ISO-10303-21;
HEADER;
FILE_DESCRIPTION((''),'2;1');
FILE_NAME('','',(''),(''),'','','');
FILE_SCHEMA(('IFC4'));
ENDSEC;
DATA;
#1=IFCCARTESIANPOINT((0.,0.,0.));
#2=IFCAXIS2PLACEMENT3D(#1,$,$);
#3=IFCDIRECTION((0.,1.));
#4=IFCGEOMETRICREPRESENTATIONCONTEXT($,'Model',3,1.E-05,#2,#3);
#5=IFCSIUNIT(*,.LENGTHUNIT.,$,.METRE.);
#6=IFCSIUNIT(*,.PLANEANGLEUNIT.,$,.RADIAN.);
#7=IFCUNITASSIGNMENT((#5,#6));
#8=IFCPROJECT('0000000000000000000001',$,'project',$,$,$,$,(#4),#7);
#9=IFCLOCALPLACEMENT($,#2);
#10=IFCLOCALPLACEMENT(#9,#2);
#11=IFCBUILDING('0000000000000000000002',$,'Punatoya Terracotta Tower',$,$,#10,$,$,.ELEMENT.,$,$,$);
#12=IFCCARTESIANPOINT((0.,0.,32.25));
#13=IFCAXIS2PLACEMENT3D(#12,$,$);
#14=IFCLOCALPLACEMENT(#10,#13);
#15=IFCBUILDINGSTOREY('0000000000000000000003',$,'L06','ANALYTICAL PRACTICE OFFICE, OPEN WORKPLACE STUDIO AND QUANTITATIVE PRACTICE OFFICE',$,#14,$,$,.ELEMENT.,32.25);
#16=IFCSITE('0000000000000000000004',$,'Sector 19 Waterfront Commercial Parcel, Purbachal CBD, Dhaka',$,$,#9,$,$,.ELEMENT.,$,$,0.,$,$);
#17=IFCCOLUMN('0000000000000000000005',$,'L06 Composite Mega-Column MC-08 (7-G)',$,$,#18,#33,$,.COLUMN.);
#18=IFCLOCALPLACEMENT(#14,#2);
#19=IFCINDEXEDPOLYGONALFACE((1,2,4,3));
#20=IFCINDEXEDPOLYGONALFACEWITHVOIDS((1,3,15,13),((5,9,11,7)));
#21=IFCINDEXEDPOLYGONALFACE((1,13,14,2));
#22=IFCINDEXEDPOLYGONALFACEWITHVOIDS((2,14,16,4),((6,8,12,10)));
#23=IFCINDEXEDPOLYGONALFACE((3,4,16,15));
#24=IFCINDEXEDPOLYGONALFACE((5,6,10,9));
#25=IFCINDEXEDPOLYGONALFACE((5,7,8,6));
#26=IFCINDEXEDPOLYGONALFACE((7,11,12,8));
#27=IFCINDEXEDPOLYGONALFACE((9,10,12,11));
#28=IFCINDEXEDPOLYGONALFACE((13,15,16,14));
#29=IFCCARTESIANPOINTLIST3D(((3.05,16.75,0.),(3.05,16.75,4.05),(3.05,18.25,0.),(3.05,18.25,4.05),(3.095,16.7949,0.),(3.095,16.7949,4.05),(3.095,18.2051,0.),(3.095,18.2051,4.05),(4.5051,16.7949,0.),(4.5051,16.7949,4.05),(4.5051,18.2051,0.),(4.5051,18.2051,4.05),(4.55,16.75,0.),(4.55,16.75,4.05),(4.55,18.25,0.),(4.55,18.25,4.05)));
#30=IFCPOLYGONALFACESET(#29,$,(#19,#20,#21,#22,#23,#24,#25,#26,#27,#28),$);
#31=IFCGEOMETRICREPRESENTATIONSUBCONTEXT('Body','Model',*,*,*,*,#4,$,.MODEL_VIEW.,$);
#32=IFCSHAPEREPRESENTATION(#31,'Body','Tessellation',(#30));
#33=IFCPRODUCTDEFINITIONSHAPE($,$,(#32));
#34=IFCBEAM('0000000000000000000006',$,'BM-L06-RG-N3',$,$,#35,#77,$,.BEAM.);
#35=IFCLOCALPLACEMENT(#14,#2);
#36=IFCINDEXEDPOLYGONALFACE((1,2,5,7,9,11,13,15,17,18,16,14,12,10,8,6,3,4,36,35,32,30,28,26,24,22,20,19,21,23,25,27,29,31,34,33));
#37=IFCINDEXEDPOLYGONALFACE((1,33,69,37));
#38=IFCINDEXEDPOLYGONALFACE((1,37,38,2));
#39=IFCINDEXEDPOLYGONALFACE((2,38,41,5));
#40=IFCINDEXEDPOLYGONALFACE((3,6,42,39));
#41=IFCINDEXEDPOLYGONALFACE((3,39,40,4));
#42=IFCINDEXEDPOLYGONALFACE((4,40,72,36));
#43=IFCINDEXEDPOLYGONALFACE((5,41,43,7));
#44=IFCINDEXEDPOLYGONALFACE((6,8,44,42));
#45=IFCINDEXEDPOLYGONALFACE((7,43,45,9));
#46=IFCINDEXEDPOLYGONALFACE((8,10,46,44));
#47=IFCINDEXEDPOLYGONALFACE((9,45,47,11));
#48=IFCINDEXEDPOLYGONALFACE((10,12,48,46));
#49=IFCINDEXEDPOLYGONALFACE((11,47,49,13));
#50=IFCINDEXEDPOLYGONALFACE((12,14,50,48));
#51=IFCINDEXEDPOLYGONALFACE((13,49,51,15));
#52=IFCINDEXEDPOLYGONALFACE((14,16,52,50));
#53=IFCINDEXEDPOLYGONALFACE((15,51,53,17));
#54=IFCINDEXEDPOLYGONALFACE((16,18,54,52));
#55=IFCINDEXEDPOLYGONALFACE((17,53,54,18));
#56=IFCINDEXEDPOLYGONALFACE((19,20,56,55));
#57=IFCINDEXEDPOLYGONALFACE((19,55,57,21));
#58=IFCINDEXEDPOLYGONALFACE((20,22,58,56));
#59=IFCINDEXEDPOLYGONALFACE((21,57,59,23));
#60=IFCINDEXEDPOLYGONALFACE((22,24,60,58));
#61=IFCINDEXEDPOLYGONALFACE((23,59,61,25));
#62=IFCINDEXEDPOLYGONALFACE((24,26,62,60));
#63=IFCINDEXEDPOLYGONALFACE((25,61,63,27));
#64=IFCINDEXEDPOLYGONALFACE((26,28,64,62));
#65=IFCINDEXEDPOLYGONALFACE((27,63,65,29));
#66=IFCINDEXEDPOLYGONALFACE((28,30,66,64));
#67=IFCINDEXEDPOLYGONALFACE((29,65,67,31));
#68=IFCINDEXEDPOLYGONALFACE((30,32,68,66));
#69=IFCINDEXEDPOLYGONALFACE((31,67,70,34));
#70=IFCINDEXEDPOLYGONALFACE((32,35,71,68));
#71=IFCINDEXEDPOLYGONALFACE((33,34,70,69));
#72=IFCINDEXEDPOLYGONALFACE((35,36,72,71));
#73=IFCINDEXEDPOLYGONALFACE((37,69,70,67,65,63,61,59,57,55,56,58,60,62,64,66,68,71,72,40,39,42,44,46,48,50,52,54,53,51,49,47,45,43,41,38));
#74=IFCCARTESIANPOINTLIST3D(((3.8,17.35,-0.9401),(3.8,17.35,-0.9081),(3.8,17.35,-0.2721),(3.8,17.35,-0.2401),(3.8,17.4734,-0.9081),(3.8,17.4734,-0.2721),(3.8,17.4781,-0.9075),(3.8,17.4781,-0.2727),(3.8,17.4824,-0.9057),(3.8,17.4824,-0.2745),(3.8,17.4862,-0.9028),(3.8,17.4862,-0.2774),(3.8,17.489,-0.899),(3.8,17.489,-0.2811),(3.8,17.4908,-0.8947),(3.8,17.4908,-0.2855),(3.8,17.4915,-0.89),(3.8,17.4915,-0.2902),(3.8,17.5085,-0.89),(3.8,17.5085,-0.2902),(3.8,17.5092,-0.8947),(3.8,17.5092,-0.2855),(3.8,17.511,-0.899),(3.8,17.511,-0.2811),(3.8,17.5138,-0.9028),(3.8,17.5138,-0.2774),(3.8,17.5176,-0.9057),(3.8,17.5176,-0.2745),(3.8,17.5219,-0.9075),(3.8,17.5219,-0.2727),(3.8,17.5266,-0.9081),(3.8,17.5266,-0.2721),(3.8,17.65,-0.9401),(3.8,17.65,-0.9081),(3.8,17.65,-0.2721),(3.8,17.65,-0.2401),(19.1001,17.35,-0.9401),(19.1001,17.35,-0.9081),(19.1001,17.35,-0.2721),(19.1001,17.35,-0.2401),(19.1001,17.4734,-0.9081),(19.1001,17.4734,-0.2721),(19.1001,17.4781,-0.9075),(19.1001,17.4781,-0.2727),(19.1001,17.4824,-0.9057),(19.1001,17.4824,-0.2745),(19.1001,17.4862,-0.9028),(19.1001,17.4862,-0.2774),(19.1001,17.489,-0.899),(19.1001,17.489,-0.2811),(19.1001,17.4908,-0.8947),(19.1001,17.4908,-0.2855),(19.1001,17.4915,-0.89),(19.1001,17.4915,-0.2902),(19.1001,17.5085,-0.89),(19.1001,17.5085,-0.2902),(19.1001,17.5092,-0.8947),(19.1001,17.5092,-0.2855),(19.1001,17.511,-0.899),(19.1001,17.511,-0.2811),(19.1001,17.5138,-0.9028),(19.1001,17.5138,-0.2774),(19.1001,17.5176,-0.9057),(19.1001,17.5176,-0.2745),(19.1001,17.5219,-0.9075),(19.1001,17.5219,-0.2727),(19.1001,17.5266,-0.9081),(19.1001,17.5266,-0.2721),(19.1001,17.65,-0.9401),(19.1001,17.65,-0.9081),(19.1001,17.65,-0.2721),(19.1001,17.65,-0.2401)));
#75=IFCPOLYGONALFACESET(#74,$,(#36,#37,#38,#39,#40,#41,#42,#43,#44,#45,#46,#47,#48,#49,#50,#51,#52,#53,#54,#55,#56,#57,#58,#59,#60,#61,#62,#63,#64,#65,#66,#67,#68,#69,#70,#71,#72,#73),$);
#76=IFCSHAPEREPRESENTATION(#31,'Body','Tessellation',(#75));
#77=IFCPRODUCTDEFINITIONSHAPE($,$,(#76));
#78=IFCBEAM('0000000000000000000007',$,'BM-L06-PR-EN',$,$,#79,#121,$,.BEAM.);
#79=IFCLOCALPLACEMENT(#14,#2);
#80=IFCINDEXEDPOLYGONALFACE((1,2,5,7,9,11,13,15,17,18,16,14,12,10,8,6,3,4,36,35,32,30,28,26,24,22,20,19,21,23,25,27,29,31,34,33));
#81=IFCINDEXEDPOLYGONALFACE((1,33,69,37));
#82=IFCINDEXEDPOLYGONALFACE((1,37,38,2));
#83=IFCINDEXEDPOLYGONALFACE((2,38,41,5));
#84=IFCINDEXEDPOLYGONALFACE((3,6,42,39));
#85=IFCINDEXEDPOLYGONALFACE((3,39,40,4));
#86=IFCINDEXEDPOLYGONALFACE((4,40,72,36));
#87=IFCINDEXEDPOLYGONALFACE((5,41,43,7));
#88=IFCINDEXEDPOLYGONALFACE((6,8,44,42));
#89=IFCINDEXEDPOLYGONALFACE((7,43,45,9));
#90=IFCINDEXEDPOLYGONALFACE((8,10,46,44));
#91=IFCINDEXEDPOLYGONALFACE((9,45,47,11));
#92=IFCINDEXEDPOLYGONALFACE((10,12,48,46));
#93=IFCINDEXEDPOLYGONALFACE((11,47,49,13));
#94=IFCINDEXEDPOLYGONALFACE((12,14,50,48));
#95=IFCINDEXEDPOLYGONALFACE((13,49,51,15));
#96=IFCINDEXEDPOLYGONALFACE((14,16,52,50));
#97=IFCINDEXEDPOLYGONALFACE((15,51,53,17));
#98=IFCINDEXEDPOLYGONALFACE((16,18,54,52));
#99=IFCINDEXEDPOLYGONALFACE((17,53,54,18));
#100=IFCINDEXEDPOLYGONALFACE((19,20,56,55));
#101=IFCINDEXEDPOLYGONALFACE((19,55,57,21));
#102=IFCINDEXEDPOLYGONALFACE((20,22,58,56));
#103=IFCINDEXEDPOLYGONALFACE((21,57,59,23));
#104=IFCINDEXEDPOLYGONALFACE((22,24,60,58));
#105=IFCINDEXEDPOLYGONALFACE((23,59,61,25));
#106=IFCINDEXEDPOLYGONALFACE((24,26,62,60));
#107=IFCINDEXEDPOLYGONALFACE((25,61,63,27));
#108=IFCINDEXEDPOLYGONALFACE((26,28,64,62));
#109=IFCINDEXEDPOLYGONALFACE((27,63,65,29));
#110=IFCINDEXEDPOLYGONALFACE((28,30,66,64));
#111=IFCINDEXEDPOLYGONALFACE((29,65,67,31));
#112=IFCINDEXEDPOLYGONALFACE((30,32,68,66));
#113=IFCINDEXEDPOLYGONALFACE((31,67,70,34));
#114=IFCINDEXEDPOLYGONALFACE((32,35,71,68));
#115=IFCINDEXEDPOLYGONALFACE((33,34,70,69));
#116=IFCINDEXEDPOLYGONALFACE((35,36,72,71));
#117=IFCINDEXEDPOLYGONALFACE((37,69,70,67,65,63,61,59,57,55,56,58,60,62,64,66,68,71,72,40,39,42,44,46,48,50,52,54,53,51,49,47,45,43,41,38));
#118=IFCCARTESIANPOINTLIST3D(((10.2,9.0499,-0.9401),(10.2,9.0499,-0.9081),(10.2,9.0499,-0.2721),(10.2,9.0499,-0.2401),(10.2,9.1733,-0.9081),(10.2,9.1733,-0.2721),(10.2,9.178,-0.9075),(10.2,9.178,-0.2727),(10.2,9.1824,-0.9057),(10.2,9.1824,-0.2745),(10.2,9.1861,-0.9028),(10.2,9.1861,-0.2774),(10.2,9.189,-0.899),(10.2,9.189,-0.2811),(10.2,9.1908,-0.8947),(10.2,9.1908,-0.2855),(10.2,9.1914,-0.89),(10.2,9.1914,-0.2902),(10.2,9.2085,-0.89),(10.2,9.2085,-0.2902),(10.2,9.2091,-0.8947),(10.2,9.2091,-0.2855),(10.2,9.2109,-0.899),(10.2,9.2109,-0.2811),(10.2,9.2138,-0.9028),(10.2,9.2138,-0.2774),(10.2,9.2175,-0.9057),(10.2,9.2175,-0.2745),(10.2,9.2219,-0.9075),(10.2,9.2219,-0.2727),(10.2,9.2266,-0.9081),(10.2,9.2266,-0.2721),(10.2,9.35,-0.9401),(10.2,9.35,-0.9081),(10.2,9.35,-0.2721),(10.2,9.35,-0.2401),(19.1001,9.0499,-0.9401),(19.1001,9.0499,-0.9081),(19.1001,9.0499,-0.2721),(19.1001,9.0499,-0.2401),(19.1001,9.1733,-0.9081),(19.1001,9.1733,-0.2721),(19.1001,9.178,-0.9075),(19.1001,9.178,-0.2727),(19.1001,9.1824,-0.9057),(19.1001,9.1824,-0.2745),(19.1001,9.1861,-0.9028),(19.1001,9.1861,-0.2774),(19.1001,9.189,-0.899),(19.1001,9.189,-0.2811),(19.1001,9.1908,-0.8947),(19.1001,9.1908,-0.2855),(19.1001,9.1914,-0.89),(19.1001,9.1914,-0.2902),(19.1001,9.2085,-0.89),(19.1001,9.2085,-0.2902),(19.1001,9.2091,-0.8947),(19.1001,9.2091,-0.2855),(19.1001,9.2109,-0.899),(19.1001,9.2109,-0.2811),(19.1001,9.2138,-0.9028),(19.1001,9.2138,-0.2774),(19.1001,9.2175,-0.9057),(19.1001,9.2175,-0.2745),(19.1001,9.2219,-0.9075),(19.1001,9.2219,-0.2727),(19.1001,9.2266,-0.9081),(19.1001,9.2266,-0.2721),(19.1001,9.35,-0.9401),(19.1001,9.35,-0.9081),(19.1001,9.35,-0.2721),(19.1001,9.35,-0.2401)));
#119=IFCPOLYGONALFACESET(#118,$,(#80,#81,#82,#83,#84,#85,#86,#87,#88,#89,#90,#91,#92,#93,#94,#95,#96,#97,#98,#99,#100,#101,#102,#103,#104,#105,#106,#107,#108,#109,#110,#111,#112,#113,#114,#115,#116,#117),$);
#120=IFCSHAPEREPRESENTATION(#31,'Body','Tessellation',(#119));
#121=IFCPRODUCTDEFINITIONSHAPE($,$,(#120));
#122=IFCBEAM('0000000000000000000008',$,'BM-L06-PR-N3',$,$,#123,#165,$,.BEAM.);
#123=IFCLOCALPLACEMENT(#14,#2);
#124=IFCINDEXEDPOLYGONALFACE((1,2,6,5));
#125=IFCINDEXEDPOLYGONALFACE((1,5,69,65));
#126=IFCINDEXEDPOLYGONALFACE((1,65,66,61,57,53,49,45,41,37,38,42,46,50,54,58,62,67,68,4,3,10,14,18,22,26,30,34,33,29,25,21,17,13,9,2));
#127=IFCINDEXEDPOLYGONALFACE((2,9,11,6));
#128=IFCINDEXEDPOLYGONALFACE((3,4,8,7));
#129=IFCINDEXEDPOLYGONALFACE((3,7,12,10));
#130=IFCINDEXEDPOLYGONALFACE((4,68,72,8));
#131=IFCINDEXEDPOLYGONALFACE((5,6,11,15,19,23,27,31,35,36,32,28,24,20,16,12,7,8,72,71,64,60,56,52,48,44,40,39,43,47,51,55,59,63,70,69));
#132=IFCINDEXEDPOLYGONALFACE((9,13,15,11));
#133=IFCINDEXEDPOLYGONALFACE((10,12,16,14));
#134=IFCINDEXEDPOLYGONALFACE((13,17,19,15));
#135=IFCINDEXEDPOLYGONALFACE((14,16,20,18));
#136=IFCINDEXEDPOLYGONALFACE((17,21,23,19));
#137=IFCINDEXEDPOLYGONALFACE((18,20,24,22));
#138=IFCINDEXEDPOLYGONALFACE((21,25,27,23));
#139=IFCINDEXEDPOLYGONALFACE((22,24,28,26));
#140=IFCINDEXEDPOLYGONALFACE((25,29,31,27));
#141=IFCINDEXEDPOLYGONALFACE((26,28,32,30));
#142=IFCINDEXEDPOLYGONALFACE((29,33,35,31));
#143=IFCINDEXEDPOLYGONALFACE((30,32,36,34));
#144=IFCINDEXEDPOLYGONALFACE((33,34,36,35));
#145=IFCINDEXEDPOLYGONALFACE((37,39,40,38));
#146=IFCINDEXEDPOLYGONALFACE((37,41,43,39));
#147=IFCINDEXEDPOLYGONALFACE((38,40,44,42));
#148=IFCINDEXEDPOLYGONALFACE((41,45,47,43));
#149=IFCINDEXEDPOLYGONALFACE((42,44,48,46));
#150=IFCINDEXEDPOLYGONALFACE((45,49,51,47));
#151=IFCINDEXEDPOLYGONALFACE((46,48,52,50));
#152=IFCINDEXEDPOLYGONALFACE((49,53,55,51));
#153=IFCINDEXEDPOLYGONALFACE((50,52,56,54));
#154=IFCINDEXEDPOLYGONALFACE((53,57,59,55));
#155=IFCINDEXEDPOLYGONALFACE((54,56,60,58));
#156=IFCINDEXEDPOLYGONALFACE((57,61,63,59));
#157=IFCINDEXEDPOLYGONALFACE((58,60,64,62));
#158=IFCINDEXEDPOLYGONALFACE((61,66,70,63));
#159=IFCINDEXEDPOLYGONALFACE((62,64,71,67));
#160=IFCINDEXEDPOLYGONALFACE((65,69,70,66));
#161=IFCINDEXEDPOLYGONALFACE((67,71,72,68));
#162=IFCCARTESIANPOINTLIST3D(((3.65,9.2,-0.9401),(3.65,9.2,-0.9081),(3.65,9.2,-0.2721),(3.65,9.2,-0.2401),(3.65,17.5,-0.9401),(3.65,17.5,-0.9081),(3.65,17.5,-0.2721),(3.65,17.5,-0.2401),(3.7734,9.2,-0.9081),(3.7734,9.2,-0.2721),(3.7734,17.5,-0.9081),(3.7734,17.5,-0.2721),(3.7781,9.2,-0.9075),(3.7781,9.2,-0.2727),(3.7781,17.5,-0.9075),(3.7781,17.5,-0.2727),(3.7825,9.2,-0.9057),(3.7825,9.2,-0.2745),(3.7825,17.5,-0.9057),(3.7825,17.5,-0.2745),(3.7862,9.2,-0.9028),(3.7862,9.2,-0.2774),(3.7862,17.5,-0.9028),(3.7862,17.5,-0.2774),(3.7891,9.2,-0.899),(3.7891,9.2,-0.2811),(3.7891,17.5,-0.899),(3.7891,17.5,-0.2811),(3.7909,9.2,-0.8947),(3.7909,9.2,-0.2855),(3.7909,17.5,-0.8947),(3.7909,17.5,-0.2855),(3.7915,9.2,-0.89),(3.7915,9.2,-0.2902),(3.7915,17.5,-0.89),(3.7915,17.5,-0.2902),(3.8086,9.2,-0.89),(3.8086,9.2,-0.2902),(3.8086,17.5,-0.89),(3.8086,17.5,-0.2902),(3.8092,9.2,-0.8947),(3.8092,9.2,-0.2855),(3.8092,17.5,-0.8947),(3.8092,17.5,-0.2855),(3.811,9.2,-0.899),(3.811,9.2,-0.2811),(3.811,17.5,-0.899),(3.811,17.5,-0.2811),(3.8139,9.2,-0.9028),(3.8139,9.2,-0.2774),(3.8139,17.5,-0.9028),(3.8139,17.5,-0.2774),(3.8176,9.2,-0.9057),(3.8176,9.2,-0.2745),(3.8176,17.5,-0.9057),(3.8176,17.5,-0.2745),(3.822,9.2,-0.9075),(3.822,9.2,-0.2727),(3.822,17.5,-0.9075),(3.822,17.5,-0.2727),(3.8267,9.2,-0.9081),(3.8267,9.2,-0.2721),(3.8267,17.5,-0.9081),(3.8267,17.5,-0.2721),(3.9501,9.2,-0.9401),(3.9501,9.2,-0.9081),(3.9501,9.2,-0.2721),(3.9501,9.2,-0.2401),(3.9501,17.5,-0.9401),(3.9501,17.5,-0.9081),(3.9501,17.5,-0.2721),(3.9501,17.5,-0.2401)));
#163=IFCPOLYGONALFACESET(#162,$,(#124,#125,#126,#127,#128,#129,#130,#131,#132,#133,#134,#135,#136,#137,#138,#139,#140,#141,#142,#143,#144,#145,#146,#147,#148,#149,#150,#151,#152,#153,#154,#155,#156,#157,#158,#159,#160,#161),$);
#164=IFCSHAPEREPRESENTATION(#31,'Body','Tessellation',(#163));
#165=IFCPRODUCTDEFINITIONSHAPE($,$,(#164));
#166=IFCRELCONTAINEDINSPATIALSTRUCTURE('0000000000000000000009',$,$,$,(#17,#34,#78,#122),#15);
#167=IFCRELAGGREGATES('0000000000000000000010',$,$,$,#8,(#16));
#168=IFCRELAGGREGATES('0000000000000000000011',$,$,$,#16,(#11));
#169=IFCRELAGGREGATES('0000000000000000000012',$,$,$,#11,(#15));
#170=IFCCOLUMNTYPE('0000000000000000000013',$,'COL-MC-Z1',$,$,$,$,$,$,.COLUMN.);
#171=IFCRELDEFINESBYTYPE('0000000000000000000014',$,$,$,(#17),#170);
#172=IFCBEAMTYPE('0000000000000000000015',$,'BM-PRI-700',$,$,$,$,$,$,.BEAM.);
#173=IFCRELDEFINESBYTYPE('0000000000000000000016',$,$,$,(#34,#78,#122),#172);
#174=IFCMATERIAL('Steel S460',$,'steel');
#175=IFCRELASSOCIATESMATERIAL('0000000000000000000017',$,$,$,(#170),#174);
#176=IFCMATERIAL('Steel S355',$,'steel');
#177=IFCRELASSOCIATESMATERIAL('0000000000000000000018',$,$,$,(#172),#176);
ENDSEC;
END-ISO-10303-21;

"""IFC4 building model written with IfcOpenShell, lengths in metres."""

from ifc_helpers import new_model, si_unit, direction, frame, origin, origin_2d, place, context, subcontext, project, spatial, hollow_rectangle, i_section, extrude, material, material_profile, profile_set, type_object, element, save


model = new_model("IFC4")

# Units and contexts
model_context = context("Model", 3, precision=1e-05, world=origin(), true_north=direction((0.0, 1.0)))
body_context = subcontext(model_context, "Body", "Model", "MODEL_VIEW")
ifc_project = project(units=[si_unit("LENGTHUNIT", "METRE"), si_unit("PLANEANGLEUNIT", "RADIAN")], contexts=[model_context])

# Site, building, storey
site_placement = place(None, origin())
site = spatial("IfcSite", under=ifc_project, at=site_placement, Name="Sector 19 Waterfront Commercial Parcel, Purbachal CBD, Dhaka", CompositionType="ELEMENT", RefElevation=0.0)
building_placement = place(site_placement, origin())
building = spatial("IfcBuilding", under=site, at=building_placement, Name="Punatoya Terracotta Tower", CompositionType="ELEMENT")
storey_placement = place(building_placement, frame((0.0, 0.0, 32.25)))
storey = spatial("IfcBuildingStorey", under=building, at=storey_placement, Name="L06", Description="ANALYTICAL PRACTICE OFFICE, OPEN WORKPLACE STUDIO AND QUANTITATIVE PRACTICE OFFICE", CompositionType="ELEMENT", Elevation=32.25)

# Column
ifc_material_1 = material(Name="Steel S460", Category="steel")
ifc_material_profile_1 = material_profile(ifc_material_1, hollow_rectangle(XDim=1.5, YDim=1.5, WallThickness=0.0449, at=origin_2d()))
ifc_profile_set_1 = profile_set([ifc_material_profile_1], Name="Steel S460")
column_type = type_object("IfcColumnType", Name="COL-MC-Z1", PredefinedType="COLUMN", material=ifc_profile_set_1)
column_placement = place(storey_placement, frame((3.8, 17.5, 0.0), z_axis=(0.0, 0.0, 1.0), x_axis=(1.0, 0.0, 0.0)))
element("IfcColumn", 1, at=column_placement, inside=storey, type_object=column_type, Name="L06 Composite Mega-Column MC-08 (7-G)", PredefinedType="COLUMN", context=body_context, shape_type="SweptSolid", body=[
    extrude(hollow_rectangle(XDim=1.5, YDim=1.5, WallThickness=0.0449, at=origin_2d()), origin(), (0.0, 0.0, 1.0), 4.05),
])

# Beams
ifc_material_2 = material(Name="Steel S355", Category="steel")
ifc_material_profile_2 = material_profile(ifc_material_2, i_section(OverallWidth=0.3, OverallDepth=0.7, WebThickness=0.0171, FlangeThickness=0.032, FilletRadius=0.0181, at=origin_2d()))
ifc_profile_set_2 = profile_set([ifc_material_profile_2], Name="Steel S355")
beam_type = type_object("IfcBeamType", Name="BM-PRI-700", PredefinedType="BEAM", material=ifc_profile_set_2)
beam_1_placement = place(storey_placement, frame((3.8, 17.5, -0.5901), z_axis=(1.0, 0.0, 0.0), x_axis=(0.0, 1.0, 0.0)))
element("IfcBeam", 2, at=beam_1_placement, inside=storey, type_object=beam_type, Name="BM-L06-RG-N3", PredefinedType="BEAM", context=body_context, shape_type="SweptSolid", body=[
    extrude(i_section(OverallWidth=0.3, OverallDepth=0.7, WebThickness=0.0171, FlangeThickness=0.032, FilletRadius=0.0181, at=origin_2d()), origin(), (0.0, 0.0, 1.0), 15.3),
])
beam_2_placement = place(storey_placement, frame((10.2, 9.2, -0.5901), z_axis=(1.0, 0.0, 0.0), x_axis=(0.0, 1.0, 0.0)))
element("IfcBeam", 3, at=beam_2_placement, inside=storey, type_object=beam_type, Name="BM-L06-PR-EN", PredefinedType="BEAM", context=body_context, shape_type="SweptSolid", body=[
    extrude(i_section(OverallWidth=0.3, OverallDepth=0.7, WebThickness=0.0171, FlangeThickness=0.032, FilletRadius=0.0181, at=origin_2d()), origin(), (0.0, 0.0, 1.0), 8.9001),
])
for number, where, z_axis, x_axis, name in (
    (4, (3.8, 9.2, -0.5901), (0.0, 1.0, 0.0), (-1.0, 0.0, 0.0), "BM-L06-PR-N3"),
):
    element("IfcBeam", number, at=place(storey_placement, frame(where, z_axis=z_axis, x_axis=x_axis)), inside=storey, type_object=beam_type, Name=name, PredefinedType="BEAM", context=body_context, shape_type="SweptSolid", body=[
        extrude(i_section(OverallWidth=0.3, OverallDepth=0.7, WebThickness=0.0171, FlangeThickness=0.032, FilletRadius=0.0181, at=origin_2d()), origin(), (0.0, 0.0, 1.0), 8.3),
    ])

save(model, "model.ifc")
